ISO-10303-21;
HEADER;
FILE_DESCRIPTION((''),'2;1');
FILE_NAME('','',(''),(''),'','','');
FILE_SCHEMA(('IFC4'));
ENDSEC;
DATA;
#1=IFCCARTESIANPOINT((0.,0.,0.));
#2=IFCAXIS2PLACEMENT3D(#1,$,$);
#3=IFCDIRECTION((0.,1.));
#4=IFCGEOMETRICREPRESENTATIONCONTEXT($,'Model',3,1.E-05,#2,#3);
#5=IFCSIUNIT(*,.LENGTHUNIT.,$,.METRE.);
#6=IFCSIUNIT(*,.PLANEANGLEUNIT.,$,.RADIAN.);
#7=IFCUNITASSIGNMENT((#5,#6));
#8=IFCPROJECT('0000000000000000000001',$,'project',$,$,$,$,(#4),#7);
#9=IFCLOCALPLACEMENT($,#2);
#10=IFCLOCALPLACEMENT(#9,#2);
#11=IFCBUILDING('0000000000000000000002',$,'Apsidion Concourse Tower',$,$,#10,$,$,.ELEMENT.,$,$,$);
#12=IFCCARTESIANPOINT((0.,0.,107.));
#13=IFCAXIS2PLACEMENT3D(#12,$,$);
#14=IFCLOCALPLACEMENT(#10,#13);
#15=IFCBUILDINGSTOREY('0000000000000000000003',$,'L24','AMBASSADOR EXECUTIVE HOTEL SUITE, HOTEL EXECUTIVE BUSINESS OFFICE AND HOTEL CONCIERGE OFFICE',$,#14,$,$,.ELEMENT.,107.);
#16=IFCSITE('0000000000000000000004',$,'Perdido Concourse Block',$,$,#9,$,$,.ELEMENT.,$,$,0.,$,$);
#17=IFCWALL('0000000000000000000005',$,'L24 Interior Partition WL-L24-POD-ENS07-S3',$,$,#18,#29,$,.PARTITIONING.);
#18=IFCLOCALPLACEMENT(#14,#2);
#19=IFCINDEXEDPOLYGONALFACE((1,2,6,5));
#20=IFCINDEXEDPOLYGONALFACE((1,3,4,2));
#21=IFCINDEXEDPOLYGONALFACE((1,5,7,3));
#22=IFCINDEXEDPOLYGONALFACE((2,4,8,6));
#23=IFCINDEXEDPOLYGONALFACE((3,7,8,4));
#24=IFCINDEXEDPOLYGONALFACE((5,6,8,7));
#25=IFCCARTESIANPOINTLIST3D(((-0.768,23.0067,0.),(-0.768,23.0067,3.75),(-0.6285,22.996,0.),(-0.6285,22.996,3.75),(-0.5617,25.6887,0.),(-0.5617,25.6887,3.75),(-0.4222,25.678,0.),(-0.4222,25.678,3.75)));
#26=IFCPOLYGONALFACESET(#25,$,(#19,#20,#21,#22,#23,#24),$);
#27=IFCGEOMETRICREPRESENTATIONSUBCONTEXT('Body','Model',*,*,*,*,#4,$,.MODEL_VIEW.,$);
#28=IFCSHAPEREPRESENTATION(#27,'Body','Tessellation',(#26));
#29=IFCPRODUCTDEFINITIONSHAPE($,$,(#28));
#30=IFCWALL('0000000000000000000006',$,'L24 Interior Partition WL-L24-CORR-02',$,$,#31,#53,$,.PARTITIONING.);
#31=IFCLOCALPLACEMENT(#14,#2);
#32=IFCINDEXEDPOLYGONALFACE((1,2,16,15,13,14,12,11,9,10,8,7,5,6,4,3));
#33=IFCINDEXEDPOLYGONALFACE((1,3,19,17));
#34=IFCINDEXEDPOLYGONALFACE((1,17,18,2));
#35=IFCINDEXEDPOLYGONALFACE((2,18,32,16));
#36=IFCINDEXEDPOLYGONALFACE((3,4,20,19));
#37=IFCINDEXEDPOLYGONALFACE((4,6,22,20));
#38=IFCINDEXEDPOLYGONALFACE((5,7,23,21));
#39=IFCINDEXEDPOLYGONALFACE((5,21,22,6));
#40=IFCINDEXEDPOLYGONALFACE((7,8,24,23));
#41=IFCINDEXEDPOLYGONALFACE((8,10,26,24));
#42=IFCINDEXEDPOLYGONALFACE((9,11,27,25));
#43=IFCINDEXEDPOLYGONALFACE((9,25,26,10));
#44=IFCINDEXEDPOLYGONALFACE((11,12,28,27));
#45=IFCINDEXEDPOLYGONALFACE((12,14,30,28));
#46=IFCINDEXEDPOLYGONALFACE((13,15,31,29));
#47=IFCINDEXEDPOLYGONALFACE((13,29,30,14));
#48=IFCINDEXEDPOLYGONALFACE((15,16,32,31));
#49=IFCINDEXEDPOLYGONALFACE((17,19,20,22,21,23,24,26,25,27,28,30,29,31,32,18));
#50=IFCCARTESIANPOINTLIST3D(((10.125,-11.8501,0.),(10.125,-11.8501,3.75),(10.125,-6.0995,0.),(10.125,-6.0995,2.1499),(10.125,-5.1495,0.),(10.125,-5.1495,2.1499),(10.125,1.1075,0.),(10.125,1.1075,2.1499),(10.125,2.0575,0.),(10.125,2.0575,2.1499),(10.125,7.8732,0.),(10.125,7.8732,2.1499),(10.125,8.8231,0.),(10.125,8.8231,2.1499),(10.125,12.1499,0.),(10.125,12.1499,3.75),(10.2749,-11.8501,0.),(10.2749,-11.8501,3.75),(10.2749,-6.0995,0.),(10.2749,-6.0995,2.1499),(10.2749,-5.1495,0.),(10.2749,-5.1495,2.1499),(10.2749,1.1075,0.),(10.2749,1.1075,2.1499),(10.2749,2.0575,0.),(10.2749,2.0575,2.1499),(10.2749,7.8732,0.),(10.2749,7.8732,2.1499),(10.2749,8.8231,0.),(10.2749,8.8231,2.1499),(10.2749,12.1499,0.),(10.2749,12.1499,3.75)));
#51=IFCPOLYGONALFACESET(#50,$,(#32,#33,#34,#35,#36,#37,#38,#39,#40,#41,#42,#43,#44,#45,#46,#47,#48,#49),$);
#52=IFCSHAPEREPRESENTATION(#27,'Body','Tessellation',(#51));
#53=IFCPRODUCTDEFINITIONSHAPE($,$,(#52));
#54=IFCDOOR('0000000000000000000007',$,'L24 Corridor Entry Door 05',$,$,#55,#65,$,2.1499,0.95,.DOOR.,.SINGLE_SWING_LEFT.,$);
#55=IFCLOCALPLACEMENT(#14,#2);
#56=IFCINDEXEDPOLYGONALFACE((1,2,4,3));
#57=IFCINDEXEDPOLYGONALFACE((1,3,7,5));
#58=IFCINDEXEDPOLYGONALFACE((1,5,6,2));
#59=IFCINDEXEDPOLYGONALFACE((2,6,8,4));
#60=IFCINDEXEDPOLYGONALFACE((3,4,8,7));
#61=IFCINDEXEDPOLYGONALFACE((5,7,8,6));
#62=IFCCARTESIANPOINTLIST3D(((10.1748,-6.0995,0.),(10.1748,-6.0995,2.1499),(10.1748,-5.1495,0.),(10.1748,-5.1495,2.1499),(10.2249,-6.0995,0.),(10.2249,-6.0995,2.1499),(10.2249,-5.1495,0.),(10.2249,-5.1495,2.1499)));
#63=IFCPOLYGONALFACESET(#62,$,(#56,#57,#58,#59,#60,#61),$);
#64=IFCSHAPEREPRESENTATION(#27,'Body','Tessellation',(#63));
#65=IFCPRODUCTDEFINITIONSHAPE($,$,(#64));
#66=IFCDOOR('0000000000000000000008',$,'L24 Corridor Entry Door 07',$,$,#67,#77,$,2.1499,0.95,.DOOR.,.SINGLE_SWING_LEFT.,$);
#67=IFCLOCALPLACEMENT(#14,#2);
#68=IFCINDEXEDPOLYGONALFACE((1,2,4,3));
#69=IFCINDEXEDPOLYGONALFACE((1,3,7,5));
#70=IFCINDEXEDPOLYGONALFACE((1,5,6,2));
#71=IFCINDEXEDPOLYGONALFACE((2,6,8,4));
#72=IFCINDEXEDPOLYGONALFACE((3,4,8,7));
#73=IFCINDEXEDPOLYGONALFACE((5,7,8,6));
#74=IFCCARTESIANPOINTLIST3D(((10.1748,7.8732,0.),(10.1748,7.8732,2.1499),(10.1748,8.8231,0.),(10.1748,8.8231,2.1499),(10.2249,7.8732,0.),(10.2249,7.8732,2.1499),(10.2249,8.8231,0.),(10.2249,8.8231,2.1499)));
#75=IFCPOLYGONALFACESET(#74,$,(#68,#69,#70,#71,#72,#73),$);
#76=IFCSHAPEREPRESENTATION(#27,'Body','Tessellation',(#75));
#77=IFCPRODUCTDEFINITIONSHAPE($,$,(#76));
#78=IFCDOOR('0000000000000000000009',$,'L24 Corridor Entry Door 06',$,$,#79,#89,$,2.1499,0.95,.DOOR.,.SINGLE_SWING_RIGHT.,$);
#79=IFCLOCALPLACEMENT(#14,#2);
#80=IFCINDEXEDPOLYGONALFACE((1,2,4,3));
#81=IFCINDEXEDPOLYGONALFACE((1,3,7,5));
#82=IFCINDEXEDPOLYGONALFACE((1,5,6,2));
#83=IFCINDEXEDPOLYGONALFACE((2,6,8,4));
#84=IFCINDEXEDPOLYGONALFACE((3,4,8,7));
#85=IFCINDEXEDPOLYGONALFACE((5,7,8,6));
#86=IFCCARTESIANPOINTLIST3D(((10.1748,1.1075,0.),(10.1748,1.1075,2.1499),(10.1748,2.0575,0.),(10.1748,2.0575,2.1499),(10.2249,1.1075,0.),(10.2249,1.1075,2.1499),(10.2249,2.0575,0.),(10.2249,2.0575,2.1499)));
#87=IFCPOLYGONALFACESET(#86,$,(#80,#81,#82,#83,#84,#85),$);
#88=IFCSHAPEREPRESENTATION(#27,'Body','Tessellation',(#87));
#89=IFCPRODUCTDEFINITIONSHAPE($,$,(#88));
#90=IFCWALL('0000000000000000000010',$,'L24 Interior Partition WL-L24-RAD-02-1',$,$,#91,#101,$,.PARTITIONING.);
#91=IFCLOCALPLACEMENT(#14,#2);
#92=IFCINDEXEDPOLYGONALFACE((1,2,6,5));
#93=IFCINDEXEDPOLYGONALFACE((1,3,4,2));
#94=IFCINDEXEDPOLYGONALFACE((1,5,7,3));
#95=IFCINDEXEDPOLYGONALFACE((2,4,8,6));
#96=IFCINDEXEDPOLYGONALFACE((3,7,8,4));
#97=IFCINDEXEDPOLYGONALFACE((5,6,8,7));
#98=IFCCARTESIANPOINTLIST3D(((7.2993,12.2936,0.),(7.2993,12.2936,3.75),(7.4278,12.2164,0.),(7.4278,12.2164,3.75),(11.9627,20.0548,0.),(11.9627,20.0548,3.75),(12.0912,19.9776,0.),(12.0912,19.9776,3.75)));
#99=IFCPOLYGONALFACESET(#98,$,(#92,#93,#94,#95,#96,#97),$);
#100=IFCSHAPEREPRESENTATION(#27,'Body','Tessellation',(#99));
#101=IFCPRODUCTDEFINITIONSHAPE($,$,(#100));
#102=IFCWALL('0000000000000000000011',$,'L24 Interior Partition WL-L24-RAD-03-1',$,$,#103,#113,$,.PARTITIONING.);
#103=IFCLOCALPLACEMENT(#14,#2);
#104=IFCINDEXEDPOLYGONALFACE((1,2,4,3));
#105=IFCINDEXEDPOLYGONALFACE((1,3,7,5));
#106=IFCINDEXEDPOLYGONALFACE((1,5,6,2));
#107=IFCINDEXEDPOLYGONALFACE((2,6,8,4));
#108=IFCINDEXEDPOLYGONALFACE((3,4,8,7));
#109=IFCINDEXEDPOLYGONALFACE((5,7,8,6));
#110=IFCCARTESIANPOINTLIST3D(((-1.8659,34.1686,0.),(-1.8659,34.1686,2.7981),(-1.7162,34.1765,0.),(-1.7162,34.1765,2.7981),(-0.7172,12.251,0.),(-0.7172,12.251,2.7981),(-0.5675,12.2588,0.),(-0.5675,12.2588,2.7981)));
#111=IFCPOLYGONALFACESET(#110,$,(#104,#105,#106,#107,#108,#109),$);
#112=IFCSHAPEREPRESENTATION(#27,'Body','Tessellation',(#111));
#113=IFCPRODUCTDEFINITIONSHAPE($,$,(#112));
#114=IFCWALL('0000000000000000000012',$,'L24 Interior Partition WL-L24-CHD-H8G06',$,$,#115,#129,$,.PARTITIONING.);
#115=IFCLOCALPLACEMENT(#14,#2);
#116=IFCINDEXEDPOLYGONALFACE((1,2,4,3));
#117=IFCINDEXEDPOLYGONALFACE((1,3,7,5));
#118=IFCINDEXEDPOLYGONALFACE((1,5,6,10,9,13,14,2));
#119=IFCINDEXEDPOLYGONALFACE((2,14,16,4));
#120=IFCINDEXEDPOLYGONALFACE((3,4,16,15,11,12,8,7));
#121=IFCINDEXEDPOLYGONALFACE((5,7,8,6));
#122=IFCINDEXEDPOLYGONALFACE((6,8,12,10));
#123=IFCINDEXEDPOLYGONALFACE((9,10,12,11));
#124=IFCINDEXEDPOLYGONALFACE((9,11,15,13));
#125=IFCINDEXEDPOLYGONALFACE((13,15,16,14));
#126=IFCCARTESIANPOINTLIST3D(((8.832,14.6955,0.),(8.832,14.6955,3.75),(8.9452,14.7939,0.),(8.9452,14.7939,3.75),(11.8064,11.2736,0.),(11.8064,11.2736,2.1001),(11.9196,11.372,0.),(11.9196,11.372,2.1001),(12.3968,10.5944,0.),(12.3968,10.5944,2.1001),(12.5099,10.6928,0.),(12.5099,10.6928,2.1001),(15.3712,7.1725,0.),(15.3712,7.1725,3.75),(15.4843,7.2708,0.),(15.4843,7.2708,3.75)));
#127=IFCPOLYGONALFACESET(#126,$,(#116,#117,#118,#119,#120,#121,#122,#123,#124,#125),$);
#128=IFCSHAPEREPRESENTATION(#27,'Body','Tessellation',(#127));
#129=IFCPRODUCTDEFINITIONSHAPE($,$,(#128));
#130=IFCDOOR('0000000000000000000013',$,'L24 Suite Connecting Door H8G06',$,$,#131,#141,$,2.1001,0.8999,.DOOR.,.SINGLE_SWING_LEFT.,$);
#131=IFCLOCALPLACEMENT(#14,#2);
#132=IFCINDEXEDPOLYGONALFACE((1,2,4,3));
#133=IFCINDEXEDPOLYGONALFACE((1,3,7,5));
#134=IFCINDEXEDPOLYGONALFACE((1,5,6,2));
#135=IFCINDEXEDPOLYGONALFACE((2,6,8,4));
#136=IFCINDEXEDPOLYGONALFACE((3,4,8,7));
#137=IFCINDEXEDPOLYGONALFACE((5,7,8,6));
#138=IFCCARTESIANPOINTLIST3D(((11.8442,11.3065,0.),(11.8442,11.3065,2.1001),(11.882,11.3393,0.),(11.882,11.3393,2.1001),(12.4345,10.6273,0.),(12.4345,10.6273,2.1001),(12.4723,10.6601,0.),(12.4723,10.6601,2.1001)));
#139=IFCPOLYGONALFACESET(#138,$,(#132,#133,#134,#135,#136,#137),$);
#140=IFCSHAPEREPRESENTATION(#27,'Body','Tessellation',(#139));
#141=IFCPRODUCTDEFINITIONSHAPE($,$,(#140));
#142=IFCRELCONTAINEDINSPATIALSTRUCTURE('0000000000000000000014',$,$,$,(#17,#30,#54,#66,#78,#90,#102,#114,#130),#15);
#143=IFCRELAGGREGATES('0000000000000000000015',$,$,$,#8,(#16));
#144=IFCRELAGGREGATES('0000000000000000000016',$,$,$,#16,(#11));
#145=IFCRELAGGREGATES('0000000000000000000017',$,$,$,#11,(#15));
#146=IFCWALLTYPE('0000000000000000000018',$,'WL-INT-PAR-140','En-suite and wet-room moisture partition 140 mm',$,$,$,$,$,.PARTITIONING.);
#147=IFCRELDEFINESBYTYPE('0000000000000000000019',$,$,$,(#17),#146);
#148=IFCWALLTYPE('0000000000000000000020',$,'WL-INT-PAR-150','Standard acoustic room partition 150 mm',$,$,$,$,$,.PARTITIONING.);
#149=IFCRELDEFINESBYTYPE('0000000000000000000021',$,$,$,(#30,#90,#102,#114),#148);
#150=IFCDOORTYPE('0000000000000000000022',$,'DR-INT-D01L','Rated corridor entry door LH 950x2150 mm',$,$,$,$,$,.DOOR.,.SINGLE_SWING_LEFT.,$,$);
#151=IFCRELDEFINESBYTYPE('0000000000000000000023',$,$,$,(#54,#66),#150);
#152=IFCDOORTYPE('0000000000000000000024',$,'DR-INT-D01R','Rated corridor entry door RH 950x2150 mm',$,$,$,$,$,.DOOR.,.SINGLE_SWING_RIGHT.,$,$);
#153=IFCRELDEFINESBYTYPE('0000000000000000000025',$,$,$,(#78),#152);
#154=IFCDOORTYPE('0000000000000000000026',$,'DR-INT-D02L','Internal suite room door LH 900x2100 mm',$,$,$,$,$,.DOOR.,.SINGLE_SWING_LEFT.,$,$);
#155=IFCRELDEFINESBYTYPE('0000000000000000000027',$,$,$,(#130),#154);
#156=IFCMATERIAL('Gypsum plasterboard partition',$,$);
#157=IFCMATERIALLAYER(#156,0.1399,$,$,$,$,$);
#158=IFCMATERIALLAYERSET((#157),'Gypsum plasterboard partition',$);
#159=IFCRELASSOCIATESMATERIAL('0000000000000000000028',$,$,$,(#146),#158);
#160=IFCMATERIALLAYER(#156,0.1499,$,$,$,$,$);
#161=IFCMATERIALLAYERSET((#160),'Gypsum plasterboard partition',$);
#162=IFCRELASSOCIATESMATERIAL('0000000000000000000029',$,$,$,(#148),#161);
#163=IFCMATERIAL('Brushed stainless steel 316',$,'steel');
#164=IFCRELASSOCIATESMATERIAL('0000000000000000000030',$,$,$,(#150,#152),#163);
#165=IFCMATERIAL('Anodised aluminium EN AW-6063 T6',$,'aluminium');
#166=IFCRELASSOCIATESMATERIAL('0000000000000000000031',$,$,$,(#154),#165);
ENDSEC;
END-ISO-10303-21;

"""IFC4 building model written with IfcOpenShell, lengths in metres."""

from ifc_helpers import new_model, si_unit, direction, frame, frame_2d, origin, place, context, subcontext, project, spatial, rectangle, extrude, material, layer, layer_set, type_object, element, fill, save


model = new_model("IFC4")

# Units and contexts
model_context = context("Model", 3, precision=1e-05, world=origin(), true_north=direction((0.0, 1.0)))
body_context = subcontext(model_context, "Body", "Model", "MODEL_VIEW")
ifc_project = project(units=[si_unit("LENGTHUNIT", "METRE"), si_unit("PLANEANGLEUNIT", "RADIAN")], contexts=[model_context])

# Site, building, storey
site_placement = place(None, origin())
site = spatial("IfcSite", under=ifc_project, at=site_placement, Name="Perdido Concourse Block", CompositionType="ELEMENT", RefElevation=0.0)
building_placement = place(site_placement, origin())
building = spatial("IfcBuilding", under=site, at=building_placement, Name="Apsidion Concourse Tower", CompositionType="ELEMENT")
storey_placement = place(building_placement, frame((0.0, 0.0, 107.0)))
storey = spatial("IfcBuildingStorey", under=building, at=storey_placement, Name="L24", Description="AMBASSADOR EXECUTIVE HOTEL SUITE, HOTEL EXECUTIVE BUSINESS OFFICE AND HOTEL CONCIERGE OFFICE", CompositionType="ELEMENT", Elevation=107.0)

# Shared definitions
ifc_material_1 = material(Name="Gypsum plasterboard partition")
ifc_layer_1 = layer(ifc_material_1, 0.1399)
ifc_layer_set_1 = layer_set([ifc_layer_1], Name="Gypsum plasterboard partition")
wall_type_1 = type_object("IfcWallType", Name="WL-INT-PAR-140", Description="En-suite and wet-room moisture partition 140 mm", PredefinedType="PARTITIONING", material=ifc_layer_set_1)
ifc_material_2 = material(Name="Anodised aluminium EN AW-6063 T6", Category="aluminium")

# Wall
wall_1_placement = place(storey_placement, frame((-0.4919, 25.6833, 0.0), z_axis=(0.0, 0.0, 1.0), x_axis=(-0.07669, -0.997055, 0.0)))
element("IfcWall", 1, at=wall_1_placement, inside=storey, type_object=wall_type_1, Name="L24 Interior Partition WL-L24-POD-ENS07-S3", PredefinedType="PARTITIONING", context=body_context, shape_type="SweptSolid", body=[
    extrude(rectangle(XDim=2.6899, YDim=0.1399, at=frame_2d((1.345, 0.0))), origin(), (0.0, 0.0, 1.0), 3.75),
])

# Wall, openings, doors
ifc_layer_2 = layer(ifc_material_1, 0.1499)
ifc_layer_set_2 = layer_set([ifc_layer_2], Name="Gypsum plasterboard partition")
wall_type_2 = type_object("IfcWallType", Name="WL-INT-PAR-150", Description="Standard acoustic room partition 150 mm", PredefinedType="PARTITIONING", material=ifc_layer_set_2)
wall_2_placement = place(storey_placement, frame((10.2, 12.1499, 0.0), z_axis=(0.0, 0.0, 1.0), x_axis=(0.0, -1.0, 0.0)))
wall_2 = element("IfcWall", 2, at=wall_2_placement, inside=storey, type_object=wall_type_2, Name="L24 Interior Partition WL-L24-CORR-02", PredefinedType="PARTITIONING", context=body_context, shape_type="SweptSolid", body=[
    extrude(rectangle(XDim=24.0, YDim=0.1499, at=frame_2d((12.0, 0.0))), origin(), (0.0, 0.0, 1.0), 3.75),
])
opening_1_placement = place(wall_2_placement, frame((17.2993, 0.0, 0.0)))
opening_1 = element("IfcOpeningElement", 3, at=opening_1_placement, cuts=wall_2, PredefinedType="OPENING", context=body_context, shape_type="SweptSolid", body=[
    extrude(rectangle(XDim=0.95, YDim=2.1499, at=frame_2d((0.4751, 1.075))), frame((0.0, 0.085, 0.0), z_axis=(0.0, -1.0, 0.0), x_axis=(1.0, 0.0, 0.0)), (0.0, 0.0, 1.0), 0.1699),
])
opening_2_placement = place(wall_2_placement, frame((10.0923, 0.0, 0.0)))
opening_2 = element("IfcOpeningElement", 4, at=opening_2_placement, cuts=wall_2, PredefinedType="OPENING", context=body_context, shape_type="SweptSolid", body=[
    extrude(rectangle(XDim=0.95, YDim=2.1499, at=frame_2d((0.4751, 1.075))), frame((0.0, 0.085, 0.0), z_axis=(0.0, -1.0, 0.0), x_axis=(1.0, 0.0, 0.0)), (0.0, 0.0, 1.0), 0.1699),
])
opening_3_placement = place(wall_2_placement, frame((3.3267, 0.0, 0.0)))
opening_3 = element("IfcOpeningElement", 5, at=opening_3_placement, cuts=wall_2, PredefinedType="OPENING", context=body_context, shape_type="SweptSolid", body=[
    extrude(rectangle(XDim=0.95, YDim=2.1499, at=frame_2d((0.4751, 1.075))), frame((0.0, 0.085, 0.0), z_axis=(0.0, -1.0, 0.0), x_axis=(1.0, 0.0, 0.0)), (0.0, 0.0, 1.0), 0.1699),
])
ifc_material_3 = material(Name="Brushed stainless steel 316", Category="steel")
door_type_1 = type_object("IfcDoorType", Name="DR-INT-D01L", Description="Rated corridor entry door LH 950x2150 mm", OperationType="SINGLE_SWING_LEFT", PredefinedType="DOOR", material=ifc_material_3)
door_1_placement = place(opening_1_placement, origin())
door_1 = element("IfcDoor", 6, at=door_1_placement, inside=storey, type_object=door_type_1, Name="L24 Corridor Entry Door 05", OperationType="SINGLE_SWING_LEFT", OverallHeight=2.1499, OverallWidth=0.95, PredefinedType="DOOR", context=body_context, shape_type="SweptSolid", body=[
    extrude(rectangle(XDim=0.95, YDim=2.1499, at=frame_2d((0.4751, 1.075))), frame((0.0, 0.0249, 0.0), z_axis=(0.0, -1.0, 0.0), x_axis=(1.0, 0.0, 0.0)), (0.0, 0.0, 1.0), 0.05),
])
fill(opening_1, door_1)
door_2_placement = place(opening_3_placement, origin())
door_2 = element("IfcDoor", 7, at=door_2_placement, inside=storey, type_object=door_type_1, Name="L24 Corridor Entry Door 07", OperationType="SINGLE_SWING_LEFT", OverallHeight=2.1499, OverallWidth=0.95, PredefinedType="DOOR", context=body_context, shape_type="SweptSolid", body=[
    extrude(rectangle(XDim=0.95, YDim=2.1499, at=frame_2d((0.4751, 1.075))), frame((0.0, 0.0249, 0.0), z_axis=(0.0, -1.0, 0.0), x_axis=(1.0, 0.0, 0.0)), (0.0, 0.0, 1.0), 0.05),
])
fill(opening_3, door_2)
door_type_2 = type_object("IfcDoorType", Name="DR-INT-D01R", Description="Rated corridor entry door RH 950x2150 mm", OperationType="SINGLE_SWING_RIGHT", PredefinedType="DOOR", material=ifc_material_3)
door_3_placement = place(opening_2_placement, origin())
door_3 = element("IfcDoor", 8, at=door_3_placement, inside=storey, type_object=door_type_2, Name="L24 Corridor Entry Door 06", OperationType="SINGLE_SWING_RIGHT", OverallHeight=2.1499, OverallWidth=0.95, PredefinedType="DOOR", context=body_context, shape_type="SweptSolid", body=[
    extrude(rectangle(XDim=0.95, YDim=2.1499, at=frame_2d((0.4751, 1.075))), frame((0.0, 0.0249, 0.0), z_axis=(0.0, -1.0, 0.0), x_axis=(1.0, 0.0, 0.0)), (0.0, 0.0, 1.0), 0.05),
])
fill(opening_2, door_3)

# Walls
wall_3_placement = place(storey_placement, frame((7.3635, 12.2549, 0.0), z_axis=(0.0, 0.0, 1.0), x_axis=(0.515031, 0.857172, 0.0)))
element("IfcWall", 9, at=wall_3_placement, inside=storey, type_object=wall_type_2, Name="L24 Interior Partition WL-L24-RAD-02-1", PredefinedType="PARTITIONING", context=body_context, shape_type="SweptSolid", body=[
    extrude(rectangle(XDim=9.0544, YDim=0.1499, at=frame_2d((4.5273, 0.0))), origin(), (0.0, 0.0, 1.0), 3.75),
])
wall_4_placement = place(storey_placement, frame((-0.6423, 12.2549, 0.0), z_axis=(0.0, 0.0, 1.0), x_axis=(-0.052337, 0.998629, 0.0)))
element("IfcWall", 10, at=wall_4_placement, inside=storey, type_object=wall_type_2, Name="L24 Interior Partition WL-L24-RAD-03-1", PredefinedType="PARTITIONING", context=body_context, shape_type="SweptSolid", body=[
    extrude(rectangle(XDim=21.9478, YDim=0.1499, at=frame_2d((10.9739, 0.0))), origin(), (0.0, 0.0, 1.0), 2.7981),
])

# Wall, opening, door
wall_5_placement = place(storey_placement, frame((15.4277, 7.2217, 0.0), z_axis=(0.0, 0.0, 1.0), x_axis=(-0.656028, 0.754736, 0.0)))
wall_5 = element("IfcWall", 11, at=wall_5_placement, inside=storey, type_object=wall_type_2, Name="L24 Interior Partition WL-L24-CHD-H8G06", PredefinedType="PARTITIONING", context=body_context, shape_type="SweptSolid", body=[
    extrude(rectangle(XDim=9.9678, YDim=0.1499, at=frame_2d((4.9839, 0.0))), origin(), (0.0, 0.0, 1.0), 3.75),
])
opening_4_placement = place(wall_5_placement, frame((4.5339, 0.0, 0.0)))
opening_4 = element("IfcOpeningElement", 12, at=opening_4_placement, cuts=wall_5, PredefinedType="OPENING", context=body_context, shape_type="SweptSolid", body=[
    extrude(rectangle(XDim=0.8999, YDim=2.1001, at=frame_2d((0.45, 1.05))), frame((0.0, 0.085, 0.0), z_axis=(0.0, -1.0, 0.0), x_axis=(1.0, 0.0, 0.0)), (0.0, 0.0, 1.0), 0.1699),
])
door_type_3 = type_object("IfcDoorType", Name="DR-INT-D02L", Description="Internal suite room door LH 900x2100 mm", OperationType="SINGLE_SWING_LEFT", PredefinedType="DOOR", material=ifc_material_2)
door_4_placement = place(opening_4_placement, origin())
door_4 = element("IfcDoor", 13, at=door_4_placement, inside=storey, type_object=door_type_3, Name="L24 Suite Connecting Door H8G06", OperationType="SINGLE_SWING_LEFT", OverallHeight=2.1001, OverallWidth=0.8999, PredefinedType="DOOR", context=body_context, shape_type="SweptSolid", body=[
    extrude(rectangle(XDim=0.8999, YDim=2.1001, at=frame_2d((0.45, 1.05))), frame((0.0, 0.0249, 0.0), z_axis=(0.0, -1.0, 0.0), x_axis=(1.0, 0.0, 0.0)), (0.0, 0.0, 1.0), 0.05),
])
fill(opening_4, door_4)

save(model, "model.ifc")
